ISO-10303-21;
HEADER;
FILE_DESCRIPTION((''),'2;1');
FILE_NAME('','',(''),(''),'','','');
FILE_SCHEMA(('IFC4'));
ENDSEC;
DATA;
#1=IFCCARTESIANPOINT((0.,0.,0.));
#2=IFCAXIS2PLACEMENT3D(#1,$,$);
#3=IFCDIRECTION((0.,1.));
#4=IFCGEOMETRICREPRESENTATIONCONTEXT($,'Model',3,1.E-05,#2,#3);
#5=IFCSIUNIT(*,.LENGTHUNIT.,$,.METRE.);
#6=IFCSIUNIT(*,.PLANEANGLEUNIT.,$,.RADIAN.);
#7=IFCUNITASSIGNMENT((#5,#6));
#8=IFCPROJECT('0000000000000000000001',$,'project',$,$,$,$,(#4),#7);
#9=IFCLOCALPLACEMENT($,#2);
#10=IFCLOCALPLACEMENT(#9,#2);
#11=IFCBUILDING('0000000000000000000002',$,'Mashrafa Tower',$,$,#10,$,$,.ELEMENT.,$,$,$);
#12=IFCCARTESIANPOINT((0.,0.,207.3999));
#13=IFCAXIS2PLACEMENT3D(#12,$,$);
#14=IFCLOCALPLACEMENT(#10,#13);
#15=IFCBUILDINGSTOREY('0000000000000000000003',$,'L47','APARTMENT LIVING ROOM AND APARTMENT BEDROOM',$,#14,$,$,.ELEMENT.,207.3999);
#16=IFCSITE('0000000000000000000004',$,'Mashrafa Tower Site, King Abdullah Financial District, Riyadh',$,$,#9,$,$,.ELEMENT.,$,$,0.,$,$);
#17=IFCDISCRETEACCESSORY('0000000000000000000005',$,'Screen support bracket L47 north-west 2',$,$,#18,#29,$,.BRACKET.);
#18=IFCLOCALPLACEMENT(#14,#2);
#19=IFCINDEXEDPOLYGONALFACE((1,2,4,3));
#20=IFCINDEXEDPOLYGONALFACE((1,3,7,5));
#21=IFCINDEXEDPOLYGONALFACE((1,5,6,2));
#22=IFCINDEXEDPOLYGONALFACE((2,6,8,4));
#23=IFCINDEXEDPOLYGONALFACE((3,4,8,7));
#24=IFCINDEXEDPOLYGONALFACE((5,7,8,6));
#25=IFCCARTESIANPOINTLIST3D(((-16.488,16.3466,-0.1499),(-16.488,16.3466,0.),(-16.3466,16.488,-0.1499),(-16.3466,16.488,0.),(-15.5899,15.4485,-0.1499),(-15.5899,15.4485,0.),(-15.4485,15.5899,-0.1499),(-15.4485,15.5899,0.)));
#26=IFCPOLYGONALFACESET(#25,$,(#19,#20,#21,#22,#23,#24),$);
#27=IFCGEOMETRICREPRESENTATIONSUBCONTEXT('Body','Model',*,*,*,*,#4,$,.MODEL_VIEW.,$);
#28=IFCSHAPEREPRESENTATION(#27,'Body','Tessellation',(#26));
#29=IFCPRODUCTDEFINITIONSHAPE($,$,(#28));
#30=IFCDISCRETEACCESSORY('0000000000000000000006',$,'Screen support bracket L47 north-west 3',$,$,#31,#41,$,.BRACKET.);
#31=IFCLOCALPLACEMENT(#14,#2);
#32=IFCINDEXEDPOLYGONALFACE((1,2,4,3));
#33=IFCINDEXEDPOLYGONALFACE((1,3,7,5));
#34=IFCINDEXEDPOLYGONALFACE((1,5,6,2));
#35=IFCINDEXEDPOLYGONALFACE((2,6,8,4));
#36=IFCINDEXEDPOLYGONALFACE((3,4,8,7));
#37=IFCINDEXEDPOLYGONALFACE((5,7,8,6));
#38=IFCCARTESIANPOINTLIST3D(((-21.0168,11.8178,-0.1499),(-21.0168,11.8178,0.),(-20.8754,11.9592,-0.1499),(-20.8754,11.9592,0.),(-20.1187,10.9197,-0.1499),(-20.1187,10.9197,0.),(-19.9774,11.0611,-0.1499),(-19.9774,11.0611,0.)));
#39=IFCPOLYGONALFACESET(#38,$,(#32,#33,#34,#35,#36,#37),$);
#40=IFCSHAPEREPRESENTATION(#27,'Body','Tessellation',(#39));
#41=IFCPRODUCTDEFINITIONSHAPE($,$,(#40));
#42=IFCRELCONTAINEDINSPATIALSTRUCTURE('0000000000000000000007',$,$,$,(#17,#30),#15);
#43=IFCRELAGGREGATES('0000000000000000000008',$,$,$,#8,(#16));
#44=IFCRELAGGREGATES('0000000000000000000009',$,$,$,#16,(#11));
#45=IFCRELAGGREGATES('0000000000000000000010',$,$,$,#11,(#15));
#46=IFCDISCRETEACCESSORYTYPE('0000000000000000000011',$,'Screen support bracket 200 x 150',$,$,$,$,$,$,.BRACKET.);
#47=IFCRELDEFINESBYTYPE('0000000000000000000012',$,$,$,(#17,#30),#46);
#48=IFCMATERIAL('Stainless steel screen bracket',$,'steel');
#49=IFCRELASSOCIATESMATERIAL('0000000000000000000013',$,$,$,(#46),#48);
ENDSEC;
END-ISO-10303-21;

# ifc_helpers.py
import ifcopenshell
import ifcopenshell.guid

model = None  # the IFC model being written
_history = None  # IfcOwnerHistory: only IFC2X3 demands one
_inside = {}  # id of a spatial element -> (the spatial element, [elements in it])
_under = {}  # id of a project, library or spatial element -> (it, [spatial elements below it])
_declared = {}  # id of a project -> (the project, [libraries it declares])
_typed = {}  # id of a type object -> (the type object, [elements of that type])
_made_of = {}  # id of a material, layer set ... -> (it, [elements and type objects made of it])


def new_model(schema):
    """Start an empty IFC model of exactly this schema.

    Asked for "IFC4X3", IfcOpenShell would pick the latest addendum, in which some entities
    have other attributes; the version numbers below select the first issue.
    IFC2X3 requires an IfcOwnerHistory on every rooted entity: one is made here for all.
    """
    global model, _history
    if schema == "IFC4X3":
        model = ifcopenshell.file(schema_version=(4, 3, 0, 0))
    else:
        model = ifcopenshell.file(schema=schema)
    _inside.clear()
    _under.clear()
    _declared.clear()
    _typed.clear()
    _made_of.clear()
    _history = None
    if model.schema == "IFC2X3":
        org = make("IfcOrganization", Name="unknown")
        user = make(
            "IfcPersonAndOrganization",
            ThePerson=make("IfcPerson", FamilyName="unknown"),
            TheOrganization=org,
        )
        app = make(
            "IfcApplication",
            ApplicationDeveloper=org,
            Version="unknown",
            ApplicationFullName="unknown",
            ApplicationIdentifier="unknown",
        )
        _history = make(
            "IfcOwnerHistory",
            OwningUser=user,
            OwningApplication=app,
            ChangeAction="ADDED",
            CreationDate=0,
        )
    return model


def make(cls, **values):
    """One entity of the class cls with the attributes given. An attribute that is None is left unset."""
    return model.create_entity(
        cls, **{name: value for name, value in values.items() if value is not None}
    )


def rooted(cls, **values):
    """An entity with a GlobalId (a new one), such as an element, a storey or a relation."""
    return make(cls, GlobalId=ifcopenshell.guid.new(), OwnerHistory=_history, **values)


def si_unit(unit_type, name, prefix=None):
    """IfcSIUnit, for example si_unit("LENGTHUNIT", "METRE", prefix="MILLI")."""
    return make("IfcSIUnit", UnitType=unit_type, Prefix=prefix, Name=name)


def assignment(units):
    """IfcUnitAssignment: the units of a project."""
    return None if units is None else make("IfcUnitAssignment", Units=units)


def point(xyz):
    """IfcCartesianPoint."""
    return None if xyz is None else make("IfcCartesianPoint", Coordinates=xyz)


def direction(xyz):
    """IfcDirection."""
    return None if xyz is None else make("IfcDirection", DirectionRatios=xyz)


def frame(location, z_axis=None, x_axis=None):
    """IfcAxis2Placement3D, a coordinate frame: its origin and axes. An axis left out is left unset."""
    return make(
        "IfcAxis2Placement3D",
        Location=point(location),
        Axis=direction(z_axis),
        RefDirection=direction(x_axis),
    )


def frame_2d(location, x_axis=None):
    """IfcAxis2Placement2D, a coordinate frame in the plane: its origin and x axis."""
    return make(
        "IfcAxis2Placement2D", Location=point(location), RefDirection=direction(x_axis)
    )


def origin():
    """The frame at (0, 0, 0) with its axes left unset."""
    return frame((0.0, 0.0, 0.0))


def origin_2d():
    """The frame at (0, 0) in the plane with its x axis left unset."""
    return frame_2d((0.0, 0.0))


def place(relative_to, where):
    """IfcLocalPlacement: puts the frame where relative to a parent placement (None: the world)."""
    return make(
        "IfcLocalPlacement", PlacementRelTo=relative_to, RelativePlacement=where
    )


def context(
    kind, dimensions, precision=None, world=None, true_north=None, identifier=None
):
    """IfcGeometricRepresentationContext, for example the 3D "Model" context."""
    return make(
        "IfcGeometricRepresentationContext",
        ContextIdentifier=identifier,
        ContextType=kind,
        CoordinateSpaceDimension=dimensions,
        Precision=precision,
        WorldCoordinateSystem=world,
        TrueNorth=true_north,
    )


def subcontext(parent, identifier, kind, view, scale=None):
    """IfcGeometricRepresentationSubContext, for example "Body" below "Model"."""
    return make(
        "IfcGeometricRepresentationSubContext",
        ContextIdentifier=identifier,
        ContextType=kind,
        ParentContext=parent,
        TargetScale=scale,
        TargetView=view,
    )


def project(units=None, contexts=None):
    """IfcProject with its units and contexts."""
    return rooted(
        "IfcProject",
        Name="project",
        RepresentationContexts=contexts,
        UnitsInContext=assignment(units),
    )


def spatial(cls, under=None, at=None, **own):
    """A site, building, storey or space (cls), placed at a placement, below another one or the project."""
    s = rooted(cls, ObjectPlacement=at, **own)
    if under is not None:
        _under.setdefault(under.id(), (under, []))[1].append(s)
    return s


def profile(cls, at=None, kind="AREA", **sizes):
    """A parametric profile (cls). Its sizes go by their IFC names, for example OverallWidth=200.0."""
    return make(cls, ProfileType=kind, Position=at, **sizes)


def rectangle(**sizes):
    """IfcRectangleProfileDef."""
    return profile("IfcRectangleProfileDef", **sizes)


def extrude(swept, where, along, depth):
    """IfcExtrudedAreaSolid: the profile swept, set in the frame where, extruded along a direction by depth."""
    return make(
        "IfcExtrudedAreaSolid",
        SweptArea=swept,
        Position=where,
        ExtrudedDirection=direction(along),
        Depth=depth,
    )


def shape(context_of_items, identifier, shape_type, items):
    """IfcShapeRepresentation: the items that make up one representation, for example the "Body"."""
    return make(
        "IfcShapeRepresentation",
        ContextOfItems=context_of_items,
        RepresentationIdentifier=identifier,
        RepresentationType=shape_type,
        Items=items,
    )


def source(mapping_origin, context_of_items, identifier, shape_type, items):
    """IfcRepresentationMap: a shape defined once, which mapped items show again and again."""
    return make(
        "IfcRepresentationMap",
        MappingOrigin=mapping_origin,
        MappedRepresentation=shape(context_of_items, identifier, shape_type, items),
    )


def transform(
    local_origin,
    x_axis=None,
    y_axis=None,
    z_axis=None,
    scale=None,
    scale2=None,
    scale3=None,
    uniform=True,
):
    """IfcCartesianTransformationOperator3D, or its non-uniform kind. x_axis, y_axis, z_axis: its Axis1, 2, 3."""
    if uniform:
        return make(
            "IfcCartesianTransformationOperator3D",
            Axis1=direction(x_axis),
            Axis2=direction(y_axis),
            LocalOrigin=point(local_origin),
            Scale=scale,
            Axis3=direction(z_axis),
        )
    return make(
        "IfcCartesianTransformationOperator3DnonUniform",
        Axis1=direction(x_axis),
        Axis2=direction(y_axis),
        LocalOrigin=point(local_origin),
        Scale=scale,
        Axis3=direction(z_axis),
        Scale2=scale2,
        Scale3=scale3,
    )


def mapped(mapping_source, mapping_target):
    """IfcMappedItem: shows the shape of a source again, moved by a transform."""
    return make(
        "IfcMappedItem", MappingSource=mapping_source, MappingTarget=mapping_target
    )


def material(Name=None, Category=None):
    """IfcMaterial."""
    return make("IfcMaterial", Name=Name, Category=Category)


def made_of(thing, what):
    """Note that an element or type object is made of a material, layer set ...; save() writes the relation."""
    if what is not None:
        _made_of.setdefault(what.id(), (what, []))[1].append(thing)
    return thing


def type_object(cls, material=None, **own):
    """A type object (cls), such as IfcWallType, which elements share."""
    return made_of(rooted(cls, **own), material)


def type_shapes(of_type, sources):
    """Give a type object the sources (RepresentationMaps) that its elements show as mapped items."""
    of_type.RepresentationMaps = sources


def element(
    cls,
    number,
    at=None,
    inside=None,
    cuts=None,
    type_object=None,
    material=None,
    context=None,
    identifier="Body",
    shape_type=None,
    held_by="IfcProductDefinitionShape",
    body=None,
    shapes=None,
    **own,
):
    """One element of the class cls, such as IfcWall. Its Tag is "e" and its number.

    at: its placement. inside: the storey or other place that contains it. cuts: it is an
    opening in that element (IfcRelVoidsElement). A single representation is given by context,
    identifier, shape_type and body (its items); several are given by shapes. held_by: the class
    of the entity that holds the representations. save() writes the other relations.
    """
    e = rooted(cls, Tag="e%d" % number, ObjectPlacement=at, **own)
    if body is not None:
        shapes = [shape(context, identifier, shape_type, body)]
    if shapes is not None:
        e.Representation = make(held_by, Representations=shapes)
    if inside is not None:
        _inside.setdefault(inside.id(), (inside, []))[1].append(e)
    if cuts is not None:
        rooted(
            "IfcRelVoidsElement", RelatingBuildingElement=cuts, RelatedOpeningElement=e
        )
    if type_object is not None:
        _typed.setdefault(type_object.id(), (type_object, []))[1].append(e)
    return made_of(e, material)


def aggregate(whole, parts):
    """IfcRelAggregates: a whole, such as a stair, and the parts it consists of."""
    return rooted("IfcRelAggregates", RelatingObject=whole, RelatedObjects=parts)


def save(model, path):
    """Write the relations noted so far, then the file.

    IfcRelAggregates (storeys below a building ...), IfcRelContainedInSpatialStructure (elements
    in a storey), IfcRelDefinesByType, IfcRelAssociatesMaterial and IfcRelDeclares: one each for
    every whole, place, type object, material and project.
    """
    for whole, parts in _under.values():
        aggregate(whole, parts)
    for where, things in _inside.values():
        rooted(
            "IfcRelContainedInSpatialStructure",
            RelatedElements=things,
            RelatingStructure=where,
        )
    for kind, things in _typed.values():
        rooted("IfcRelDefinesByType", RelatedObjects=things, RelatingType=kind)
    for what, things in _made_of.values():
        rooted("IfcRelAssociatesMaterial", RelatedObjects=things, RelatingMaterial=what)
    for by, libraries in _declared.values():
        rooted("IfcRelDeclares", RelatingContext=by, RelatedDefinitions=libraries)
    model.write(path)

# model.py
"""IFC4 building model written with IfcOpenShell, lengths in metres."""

from ifc_helpers import new_model, si_unit, direction, frame, origin, origin_2d, place, context, subcontext, project, spatial, rectangle, extrude, source, transform, mapped, material, type_object, type_shapes, element, save


model = new_model("IFC4")

# Units and contexts
model_context = context("Model", 3, precision=1e-05, world=origin(), true_north=direction((0.0, 1.0)))
body_context = subcontext(model_context, "Body", "Model", "MODEL_VIEW")
ifc_project = project(units=[si_unit("LENGTHUNIT", "METRE"), si_unit("PLANEANGLEUNIT", "RADIAN")], contexts=[model_context])

# Site, building, storey
site_placement = place(None, origin())
site = spatial("IfcSite", under=ifc_project, at=site_placement, Name="Mashrafa Tower Site, King Abdullah Financial District, Riyadh", CompositionType="ELEMENT", RefElevation=0.0)
building_placement = place(site_placement, origin())
building = spatial("IfcBuilding", under=site, at=building_placement, Name="Mashrafa Tower", CompositionType="ELEMENT")
storey_placement = place(building_placement, frame((0.0, 0.0, 207.3999)))
storey = spatial("IfcBuildingStorey", under=building, at=storey_placement, Name="L47", Description="APARTMENT LIVING ROOM AND APARTMENT BEDROOM", CompositionType="ELEMENT", Elevation=207.3999)

# Discrete accessories
ifc_material_1 = material(Name="Stainless steel screen bracket", Category="steel")
discrete_accessory_type = type_object("IfcDiscreteAccessoryType", Name="Screen support bracket 200 x 150", PredefinedType="BRACKET", material=ifc_material_1)
shared_shape_1 = source(origin(), body_context, "Body", "SweptSolid", [
    extrude(rectangle(XDim=0.2, YDim=1.27, at=origin_2d()), origin(), (0.0, 0.0, 1.0), 0.1499),
])
type_shapes(discrete_accessory_type, [shared_shape_1])
for number, where, z_axis, x_axis, name in (
    (1, (-15.9683, 15.9683, -0.1499), (0.0, 0.0, 1.0), (-0.707107, -0.707107, 0.0), "Screen support bracket L47 north-west 2"),
    (2, (-20.4971, 11.4395, -0.1499), (0.0, 0.0, 1.0), (-0.707107, -0.707107, 0.0), "Screen support bracket L47 north-west 3"),
):
    element("IfcDiscreteAccessory", number, at=place(storey_placement, frame(where, z_axis=z_axis, x_axis=x_axis)), inside=storey, type_object=discrete_accessory_type, Name=name, PredefinedType="BRACKET", context=body_context, shape_type="MappedRepresentation", body=[
        mapped(shared_shape_1, transform((0.0, 0.0, 0.0))),
    ])

save(model, "model.ifc")
